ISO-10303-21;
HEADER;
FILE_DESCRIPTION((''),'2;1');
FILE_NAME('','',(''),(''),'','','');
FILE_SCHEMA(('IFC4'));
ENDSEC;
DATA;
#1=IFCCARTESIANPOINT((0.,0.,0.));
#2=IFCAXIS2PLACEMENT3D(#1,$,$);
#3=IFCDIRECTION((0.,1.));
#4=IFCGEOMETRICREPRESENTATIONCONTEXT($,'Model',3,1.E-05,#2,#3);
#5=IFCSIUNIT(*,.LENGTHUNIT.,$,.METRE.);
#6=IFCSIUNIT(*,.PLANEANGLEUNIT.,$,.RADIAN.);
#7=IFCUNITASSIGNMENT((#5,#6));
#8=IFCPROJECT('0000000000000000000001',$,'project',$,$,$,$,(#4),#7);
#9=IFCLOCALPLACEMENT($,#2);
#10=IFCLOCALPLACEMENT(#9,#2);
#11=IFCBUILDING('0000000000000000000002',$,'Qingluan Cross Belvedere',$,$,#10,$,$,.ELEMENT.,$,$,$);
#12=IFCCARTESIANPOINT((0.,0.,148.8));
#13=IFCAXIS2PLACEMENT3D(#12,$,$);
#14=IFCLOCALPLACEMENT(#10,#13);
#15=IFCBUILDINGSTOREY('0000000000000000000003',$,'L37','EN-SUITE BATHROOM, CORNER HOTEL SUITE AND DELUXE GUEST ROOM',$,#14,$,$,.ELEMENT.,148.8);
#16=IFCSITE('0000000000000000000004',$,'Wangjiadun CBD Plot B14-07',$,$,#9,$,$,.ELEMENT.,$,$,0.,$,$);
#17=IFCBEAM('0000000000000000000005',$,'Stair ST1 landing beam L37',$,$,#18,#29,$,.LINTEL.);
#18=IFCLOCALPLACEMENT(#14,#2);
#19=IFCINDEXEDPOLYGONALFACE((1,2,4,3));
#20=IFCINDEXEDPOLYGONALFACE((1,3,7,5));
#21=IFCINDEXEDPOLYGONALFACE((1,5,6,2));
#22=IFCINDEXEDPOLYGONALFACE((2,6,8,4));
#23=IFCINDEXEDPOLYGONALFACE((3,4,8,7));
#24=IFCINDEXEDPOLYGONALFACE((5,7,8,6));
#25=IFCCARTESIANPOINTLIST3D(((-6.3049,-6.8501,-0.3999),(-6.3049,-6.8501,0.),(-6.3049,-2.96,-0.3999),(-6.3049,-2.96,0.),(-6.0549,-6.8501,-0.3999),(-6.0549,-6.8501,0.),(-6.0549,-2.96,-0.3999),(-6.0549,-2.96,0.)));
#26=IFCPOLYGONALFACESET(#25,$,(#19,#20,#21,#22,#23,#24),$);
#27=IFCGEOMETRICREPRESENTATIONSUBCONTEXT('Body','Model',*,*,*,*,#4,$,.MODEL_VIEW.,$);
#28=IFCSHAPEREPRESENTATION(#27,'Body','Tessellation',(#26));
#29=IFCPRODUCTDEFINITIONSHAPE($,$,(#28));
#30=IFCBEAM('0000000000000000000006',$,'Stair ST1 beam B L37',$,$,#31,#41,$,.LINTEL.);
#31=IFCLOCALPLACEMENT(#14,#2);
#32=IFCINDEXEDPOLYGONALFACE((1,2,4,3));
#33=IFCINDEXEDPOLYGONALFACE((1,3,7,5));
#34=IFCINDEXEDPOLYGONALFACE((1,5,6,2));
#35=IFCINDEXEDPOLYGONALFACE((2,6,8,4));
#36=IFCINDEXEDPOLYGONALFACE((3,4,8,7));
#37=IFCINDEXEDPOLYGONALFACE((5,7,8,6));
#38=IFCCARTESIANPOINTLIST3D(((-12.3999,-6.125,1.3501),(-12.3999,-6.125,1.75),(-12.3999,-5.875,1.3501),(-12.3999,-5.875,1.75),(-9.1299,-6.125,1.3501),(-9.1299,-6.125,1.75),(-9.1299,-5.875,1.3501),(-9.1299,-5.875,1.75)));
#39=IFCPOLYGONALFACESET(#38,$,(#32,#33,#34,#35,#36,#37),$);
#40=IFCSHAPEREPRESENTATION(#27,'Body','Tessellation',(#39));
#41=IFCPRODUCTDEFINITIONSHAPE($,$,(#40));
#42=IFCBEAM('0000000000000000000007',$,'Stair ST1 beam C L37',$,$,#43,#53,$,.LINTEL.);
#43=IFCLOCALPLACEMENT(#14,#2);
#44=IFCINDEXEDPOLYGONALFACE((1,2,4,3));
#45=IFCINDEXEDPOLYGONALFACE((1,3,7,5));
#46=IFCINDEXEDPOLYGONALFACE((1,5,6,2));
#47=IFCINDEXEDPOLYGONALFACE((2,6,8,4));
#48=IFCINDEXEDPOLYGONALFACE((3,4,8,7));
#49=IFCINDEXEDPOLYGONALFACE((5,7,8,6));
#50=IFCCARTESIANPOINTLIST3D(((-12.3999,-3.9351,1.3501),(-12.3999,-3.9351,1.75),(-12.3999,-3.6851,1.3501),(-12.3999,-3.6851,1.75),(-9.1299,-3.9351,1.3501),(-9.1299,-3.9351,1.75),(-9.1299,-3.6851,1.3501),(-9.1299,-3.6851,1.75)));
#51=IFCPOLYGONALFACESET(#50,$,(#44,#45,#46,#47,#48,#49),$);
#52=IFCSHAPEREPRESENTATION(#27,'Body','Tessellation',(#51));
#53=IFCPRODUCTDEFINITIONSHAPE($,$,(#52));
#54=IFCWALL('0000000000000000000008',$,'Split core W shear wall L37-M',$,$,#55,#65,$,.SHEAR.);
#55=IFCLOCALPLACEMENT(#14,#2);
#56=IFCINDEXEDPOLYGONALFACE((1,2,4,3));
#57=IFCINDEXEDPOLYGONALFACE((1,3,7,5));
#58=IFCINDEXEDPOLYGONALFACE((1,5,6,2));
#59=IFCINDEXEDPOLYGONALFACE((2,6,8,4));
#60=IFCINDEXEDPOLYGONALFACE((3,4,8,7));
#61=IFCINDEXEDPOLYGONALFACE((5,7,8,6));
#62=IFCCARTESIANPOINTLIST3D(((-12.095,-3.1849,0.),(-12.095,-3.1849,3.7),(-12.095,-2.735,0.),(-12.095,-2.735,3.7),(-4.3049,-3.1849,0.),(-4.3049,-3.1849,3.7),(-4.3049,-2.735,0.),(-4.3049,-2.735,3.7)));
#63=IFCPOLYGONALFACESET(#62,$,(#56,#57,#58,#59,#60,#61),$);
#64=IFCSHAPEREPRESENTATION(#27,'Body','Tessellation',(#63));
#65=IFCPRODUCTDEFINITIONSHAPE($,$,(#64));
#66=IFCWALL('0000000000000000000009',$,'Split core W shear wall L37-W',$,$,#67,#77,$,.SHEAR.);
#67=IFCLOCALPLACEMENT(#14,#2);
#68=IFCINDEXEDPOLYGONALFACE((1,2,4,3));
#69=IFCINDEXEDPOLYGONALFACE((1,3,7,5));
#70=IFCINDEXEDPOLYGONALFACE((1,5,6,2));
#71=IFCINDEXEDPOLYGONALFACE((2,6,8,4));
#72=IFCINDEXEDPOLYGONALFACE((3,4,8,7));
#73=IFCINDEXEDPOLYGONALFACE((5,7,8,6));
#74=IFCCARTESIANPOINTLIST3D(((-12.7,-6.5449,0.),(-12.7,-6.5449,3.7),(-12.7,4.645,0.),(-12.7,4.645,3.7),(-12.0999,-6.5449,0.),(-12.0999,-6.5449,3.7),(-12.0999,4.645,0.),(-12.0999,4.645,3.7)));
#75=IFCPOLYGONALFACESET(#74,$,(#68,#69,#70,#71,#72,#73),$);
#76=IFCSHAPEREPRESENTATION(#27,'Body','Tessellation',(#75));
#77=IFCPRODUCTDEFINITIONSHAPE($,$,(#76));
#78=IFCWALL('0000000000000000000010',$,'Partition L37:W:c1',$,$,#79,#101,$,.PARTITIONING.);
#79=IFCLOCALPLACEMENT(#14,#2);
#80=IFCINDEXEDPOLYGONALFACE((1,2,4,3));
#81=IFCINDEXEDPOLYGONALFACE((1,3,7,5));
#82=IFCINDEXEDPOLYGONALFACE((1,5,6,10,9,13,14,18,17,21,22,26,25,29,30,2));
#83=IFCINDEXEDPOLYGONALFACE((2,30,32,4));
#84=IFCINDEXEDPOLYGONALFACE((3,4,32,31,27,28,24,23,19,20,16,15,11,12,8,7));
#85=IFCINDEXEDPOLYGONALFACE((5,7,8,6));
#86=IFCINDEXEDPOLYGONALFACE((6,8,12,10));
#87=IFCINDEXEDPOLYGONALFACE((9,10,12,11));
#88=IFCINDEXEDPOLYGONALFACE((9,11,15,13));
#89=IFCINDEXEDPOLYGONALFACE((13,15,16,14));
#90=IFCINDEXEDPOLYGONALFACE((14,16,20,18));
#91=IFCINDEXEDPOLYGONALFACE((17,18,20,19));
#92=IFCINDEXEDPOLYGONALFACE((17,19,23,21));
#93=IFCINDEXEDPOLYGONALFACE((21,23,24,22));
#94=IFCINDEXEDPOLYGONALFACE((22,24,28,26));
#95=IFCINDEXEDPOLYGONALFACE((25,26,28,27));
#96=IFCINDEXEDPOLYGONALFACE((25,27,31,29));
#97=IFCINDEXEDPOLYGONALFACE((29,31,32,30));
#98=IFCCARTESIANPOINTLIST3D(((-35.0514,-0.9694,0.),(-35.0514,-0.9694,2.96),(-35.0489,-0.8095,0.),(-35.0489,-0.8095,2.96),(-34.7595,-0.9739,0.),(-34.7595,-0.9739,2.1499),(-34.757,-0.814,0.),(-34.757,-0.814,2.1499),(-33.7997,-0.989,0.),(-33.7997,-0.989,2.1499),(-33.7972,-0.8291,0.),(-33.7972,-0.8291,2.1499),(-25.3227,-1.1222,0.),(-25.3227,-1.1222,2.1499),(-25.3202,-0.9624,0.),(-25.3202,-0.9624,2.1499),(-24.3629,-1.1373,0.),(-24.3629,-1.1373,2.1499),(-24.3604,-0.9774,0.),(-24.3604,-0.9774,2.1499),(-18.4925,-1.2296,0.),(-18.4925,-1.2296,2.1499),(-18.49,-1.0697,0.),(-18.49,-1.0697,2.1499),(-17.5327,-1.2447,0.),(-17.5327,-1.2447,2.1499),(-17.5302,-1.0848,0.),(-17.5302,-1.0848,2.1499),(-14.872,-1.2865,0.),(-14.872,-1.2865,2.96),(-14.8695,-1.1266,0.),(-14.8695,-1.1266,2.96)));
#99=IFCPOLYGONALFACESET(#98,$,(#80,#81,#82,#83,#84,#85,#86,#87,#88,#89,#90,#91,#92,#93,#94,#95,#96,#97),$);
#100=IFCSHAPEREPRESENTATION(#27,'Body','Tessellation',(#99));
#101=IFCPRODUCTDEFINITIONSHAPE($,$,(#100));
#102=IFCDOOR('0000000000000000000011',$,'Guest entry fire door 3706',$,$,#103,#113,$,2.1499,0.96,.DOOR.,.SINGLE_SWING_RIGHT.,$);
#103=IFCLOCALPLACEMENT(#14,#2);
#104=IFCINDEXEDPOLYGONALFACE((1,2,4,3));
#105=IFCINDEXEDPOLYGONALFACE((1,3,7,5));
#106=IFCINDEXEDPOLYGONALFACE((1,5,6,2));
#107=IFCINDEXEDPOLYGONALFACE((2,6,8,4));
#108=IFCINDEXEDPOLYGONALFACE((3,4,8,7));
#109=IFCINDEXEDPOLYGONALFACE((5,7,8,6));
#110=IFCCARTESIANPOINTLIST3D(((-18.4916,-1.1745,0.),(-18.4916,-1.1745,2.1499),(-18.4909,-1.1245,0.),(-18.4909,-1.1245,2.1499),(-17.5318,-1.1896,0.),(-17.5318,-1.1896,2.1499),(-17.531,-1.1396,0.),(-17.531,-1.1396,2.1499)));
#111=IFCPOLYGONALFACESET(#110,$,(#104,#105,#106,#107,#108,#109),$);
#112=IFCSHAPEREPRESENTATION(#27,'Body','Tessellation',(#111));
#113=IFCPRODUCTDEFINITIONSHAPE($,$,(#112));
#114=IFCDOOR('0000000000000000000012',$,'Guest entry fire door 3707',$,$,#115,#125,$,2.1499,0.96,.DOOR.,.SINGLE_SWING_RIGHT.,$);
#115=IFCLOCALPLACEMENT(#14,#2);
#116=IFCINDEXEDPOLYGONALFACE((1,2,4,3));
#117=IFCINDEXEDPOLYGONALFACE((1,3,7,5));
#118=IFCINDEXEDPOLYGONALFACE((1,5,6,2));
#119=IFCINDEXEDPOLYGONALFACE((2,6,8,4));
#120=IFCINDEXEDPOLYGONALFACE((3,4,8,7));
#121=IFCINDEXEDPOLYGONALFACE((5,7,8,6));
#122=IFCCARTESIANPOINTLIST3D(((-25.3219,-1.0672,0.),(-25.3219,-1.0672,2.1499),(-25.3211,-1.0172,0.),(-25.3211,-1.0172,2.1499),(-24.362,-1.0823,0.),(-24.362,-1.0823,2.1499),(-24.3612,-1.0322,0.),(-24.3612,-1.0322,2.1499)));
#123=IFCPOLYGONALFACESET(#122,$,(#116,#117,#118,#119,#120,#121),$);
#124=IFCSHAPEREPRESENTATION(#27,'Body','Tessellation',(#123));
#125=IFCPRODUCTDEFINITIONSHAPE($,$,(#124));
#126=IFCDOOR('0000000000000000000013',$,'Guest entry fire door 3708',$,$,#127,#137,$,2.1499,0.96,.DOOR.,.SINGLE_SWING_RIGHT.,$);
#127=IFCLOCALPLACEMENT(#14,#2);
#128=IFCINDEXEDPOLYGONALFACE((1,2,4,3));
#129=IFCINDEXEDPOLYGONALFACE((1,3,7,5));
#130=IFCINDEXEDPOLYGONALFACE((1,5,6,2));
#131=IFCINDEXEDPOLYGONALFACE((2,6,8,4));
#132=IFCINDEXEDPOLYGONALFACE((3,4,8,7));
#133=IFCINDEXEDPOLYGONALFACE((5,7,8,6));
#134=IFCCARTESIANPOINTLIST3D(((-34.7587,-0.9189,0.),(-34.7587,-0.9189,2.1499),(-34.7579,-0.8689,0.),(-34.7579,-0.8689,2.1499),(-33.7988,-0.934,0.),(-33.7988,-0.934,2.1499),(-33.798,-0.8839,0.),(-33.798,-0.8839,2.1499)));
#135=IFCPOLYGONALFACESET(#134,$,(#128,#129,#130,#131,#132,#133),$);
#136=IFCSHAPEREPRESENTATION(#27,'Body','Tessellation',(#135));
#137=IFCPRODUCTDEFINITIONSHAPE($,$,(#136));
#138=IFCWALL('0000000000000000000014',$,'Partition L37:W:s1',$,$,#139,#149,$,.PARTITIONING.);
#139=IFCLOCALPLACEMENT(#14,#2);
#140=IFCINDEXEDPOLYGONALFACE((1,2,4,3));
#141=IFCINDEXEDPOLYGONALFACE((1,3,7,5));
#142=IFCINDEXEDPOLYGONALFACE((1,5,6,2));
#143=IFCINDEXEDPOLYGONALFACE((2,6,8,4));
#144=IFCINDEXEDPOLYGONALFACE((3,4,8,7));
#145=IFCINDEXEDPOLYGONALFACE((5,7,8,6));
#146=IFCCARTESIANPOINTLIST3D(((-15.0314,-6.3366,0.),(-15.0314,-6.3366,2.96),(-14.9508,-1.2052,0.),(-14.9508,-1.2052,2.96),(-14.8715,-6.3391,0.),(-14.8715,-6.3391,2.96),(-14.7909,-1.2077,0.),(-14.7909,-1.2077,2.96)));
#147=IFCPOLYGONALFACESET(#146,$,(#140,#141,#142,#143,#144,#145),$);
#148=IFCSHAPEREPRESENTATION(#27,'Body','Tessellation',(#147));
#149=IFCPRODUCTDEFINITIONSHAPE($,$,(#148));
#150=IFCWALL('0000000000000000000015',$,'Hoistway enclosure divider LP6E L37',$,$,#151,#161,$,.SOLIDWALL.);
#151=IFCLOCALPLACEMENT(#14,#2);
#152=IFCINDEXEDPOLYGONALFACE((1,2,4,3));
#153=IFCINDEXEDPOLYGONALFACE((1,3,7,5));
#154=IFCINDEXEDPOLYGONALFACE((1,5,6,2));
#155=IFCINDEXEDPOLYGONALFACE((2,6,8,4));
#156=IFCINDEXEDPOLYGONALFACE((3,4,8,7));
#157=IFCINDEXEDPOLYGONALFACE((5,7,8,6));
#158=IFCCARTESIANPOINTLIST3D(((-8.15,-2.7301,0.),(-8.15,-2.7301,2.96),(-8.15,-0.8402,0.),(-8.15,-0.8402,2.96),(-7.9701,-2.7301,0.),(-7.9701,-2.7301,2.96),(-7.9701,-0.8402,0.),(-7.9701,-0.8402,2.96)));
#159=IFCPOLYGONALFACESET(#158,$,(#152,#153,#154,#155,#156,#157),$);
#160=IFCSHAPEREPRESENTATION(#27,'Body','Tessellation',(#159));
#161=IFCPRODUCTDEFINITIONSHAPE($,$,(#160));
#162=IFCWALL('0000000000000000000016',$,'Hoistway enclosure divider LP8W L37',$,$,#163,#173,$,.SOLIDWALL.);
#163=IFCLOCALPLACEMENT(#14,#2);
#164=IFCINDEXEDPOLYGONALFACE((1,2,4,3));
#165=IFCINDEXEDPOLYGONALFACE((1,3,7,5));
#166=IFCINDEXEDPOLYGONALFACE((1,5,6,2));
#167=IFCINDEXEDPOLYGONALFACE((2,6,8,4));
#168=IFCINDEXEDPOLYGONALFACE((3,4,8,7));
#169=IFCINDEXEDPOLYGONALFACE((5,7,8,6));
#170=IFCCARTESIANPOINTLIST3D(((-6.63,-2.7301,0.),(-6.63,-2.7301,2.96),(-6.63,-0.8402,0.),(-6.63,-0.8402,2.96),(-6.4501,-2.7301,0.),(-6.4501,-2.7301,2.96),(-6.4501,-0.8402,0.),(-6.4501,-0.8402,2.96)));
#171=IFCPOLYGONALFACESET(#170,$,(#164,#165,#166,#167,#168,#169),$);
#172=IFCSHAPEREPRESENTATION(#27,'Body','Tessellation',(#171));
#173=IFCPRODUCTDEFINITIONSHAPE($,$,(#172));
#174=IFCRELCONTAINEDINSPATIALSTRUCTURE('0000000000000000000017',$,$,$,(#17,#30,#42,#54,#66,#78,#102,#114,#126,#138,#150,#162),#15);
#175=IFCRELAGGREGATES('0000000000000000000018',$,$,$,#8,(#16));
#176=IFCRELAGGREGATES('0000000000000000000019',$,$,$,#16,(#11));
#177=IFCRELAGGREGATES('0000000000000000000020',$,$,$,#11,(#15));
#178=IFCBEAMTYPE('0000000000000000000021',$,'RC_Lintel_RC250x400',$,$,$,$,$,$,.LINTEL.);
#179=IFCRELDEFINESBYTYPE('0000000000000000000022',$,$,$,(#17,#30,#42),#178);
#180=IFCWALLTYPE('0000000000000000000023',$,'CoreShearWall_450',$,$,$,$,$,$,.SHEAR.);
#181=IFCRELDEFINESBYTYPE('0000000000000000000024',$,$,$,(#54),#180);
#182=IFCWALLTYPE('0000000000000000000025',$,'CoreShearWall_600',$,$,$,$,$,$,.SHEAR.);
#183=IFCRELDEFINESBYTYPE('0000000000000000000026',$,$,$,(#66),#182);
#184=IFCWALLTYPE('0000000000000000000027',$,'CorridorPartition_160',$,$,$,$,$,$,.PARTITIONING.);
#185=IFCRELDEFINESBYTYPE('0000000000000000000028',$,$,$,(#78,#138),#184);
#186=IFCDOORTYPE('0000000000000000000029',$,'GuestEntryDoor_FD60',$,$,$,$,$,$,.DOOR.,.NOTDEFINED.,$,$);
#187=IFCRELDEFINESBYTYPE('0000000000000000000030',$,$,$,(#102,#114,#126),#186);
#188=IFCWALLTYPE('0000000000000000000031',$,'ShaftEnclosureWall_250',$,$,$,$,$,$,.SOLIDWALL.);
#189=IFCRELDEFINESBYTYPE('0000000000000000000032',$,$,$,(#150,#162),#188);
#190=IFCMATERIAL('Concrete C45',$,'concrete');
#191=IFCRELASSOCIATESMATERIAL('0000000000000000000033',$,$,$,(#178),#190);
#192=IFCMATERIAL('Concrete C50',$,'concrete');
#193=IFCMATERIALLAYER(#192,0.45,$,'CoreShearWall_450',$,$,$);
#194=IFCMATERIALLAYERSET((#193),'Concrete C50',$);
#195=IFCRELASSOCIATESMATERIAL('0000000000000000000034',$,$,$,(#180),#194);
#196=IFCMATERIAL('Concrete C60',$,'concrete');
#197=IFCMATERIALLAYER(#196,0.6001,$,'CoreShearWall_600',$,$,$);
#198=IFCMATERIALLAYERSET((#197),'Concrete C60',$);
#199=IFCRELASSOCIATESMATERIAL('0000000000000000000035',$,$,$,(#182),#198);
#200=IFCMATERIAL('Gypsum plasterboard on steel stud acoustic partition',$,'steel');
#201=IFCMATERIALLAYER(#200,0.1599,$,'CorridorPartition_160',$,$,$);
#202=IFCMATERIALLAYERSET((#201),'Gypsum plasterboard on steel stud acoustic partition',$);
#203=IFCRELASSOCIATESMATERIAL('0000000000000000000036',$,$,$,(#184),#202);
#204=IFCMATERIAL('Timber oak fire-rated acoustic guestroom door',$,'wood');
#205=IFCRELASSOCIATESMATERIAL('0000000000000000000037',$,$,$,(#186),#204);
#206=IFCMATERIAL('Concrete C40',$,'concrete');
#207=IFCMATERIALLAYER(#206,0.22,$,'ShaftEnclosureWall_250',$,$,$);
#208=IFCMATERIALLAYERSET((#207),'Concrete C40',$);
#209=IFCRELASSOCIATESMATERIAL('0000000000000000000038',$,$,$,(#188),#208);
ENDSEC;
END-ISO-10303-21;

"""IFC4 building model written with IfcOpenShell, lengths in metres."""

from ifc_helpers import new_model, si_unit, direction, frame, frame_2d, origin, origin_2d, place, context, subcontext, project, spatial, rectangle, extrude, material, layer, layer_set, material_profile, profile_set, type_object, element, fill, save


model = new_model("IFC4")

# Units and contexts
model_context = context("Model", 3, precision=1e-05, world=origin(), true_north=direction((0.0, 1.0)))
body_context = subcontext(model_context, "Body", "Model", "MODEL_VIEW")
ifc_project = project(units=[si_unit("LENGTHUNIT", "METRE"), si_unit("PLANEANGLEUNIT", "RADIAN")], contexts=[model_context])

# Site, building, storey
site_placement = place(None, origin())
site = spatial("IfcSite", under=ifc_project, at=site_placement, Name="Wangjiadun CBD Plot B14-07", CompositionType="ELEMENT", RefElevation=0.0)
building_placement = place(site_placement, origin())
building = spatial("IfcBuilding", under=site, at=building_placement, Name="Qingluan Cross Belvedere", CompositionType="ELEMENT")
storey_placement = place(building_placement, frame((0.0, 0.0, 148.8)))
storey = spatial("IfcBuildingStorey", under=building, at=storey_placement, Name="L37", Description="EN-SUITE BATHROOM, CORNER HOTEL SUITE AND DELUXE GUEST ROOM", CompositionType="ELEMENT", Elevation=148.8)

# Beams
ifc_material_1 = material(Name="Concrete C45", Category="concrete")
ifc_material_profile = material_profile(ifc_material_1, rectangle(XDim=0.25, YDim=0.3999, at=origin_2d()), Name="RC250x400")
ifc_profile_set = profile_set([ifc_material_profile], Name="Concrete C45")
beam_type = type_object("IfcBeamType", Name="RC_Lintel_RC250x400", PredefinedType="LINTEL", material=ifc_profile_set)
beam_placement = place(storey_placement, frame((-6.1799, -6.8501, -0.2), z_axis=(0.0, 1.0, 0.0), x_axis=(-1.0, 0.0, 0.0)))
element("IfcBeam", 1, at=beam_placement, inside=storey, type_object=beam_type, Name="Stair ST1 landing beam L37", PredefinedType="LINTEL", context=body_context, shape_type="SweptSolid", body=[
    extrude(rectangle(XDim=0.25, YDim=0.3999, at=origin_2d()), origin(), (0.0, 0.0, 1.0), 3.8901),
])
for number, where, z_axis, x_axis, name in (
    (2, (-12.3999, -6.0, 1.55), (1.0, 0.0, 0.0), (0.0, 1.0, 0.0), "Stair ST1 beam B L37"),
    (3, (-12.3999, -3.8101, 1.55), (1.0, 0.0, 0.0), (0.0, 1.0, 0.0), "Stair ST1 beam C L37"),
):
    element("IfcBeam", number, at=place(storey_placement, frame(where, z_axis=z_axis, x_axis=x_axis)), inside=storey, type_object=beam_type, Name=name, PredefinedType="LINTEL", context=body_context, shape_type="SweptSolid", body=[
        extrude(rectangle(XDim=0.25, YDim=0.3999, at=origin_2d()), origin(), (0.0, 0.0, 1.0), 3.27),
    ])

# Walls
ifc_material_2 = material(Name="Concrete C50", Category="concrete")
ifc_layer_1 = layer(ifc_material_2, 0.45, Name="CoreShearWall_450")
ifc_layer_set_1 = layer_set([ifc_layer_1], Name="Concrete C50")
wall_type_1 = type_object("IfcWallType", Name="CoreShearWall_450", PredefinedType="SHEAR", material=ifc_layer_set_1)
wall_1_placement = place(storey_placement, frame((-12.095, -2.96, 0.0), z_axis=(0.0, 0.0, 1.0), x_axis=(1.0, 0.0, 0.0)))
element("IfcWall", 4, at=wall_1_placement, inside=storey, type_object=wall_type_1, Name="Split core W shear wall L37-M", PredefinedType="SHEAR", context=body_context, shape_type="SweptSolid", body=[
    extrude(rectangle(XDim=7.79, YDim=0.45, at=frame_2d((3.895, 0.0))), origin(), (0.0, 0.0, 1.0), 3.7),
])
ifc_material_3 = material(Name="Concrete C60", Category="concrete")
ifc_layer_2 = layer(ifc_material_3, 0.6001, Name="CoreShearWall_600")
ifc_layer_set_2 = layer_set([ifc_layer_2], Name="Concrete C60")
wall_type_2 = type_object("IfcWallType", Name="CoreShearWall_600", PredefinedType="SHEAR", material=ifc_layer_set_2)
wall_2_placement = place(storey_placement, frame((-12.3999, -6.5449, 0.0), z_axis=(0.0, 0.0, 1.0), x_axis=(0.0, 1.0, 0.0)))
element("IfcWall", 5, at=wall_2_placement, inside=storey, type_object=wall_type_2, Name="Split core W shear wall L37-W", PredefinedType="SHEAR", context=body_context, shape_type="SweptSolid", body=[
    extrude(rectangle(XDim=11.1899, YDim=0.6001, at=frame_2d((5.595, 0.0))), origin(), (0.0, 0.0, 1.0), 3.7),
])

# Wall, openings, doors
ifc_material_4 = material(Name="Gypsum plasterboard on steel stud acoustic partition", Category="steel")
ifc_layer_3 = layer(ifc_material_4, 0.1599, Name="CorridorPartition_160")
ifc_layer_set_3 = layer_set([ifc_layer_3], Name="Gypsum plasterboard on steel stud acoustic partition")
wall_type_3 = type_object("IfcWallType", Name="CorridorPartition_160", PredefinedType="PARTITIONING", material=ifc_layer_set_3)
wall_3_placement = place(storey_placement, frame((-14.8708, -1.2065, 0.0), z_axis=(0.0, 0.0, 1.0), x_axis=(-0.999877, 0.015714, 0.0)))
wall_3 = element("IfcWall", 6, at=wall_3_placement, inside=storey, type_object=wall_type_3, Name="Partition L37:W:c1", PredefinedType="PARTITIONING", context=body_context, shape_type="SweptSolid", body=[
    extrude(rectangle(XDim=20.1819, YDim=0.1599, at=frame_2d((10.0908, 0.0))), origin(), (0.0, 0.0, 1.0), 2.96),
])
opening_1_placement = place(wall_3_placement, frame((2.6609, 0.0, 0.0)))
opening_1 = element("IfcOpeningElement", 7, at=opening_1_placement, cuts=wall_3, PredefinedType="OPENING", context=body_context, shape_type="SweptSolid", body=[
    extrude(rectangle(XDim=0.96, YDim=2.1499, at=frame_2d((0.48, 1.075))), frame((0.0, 0.0898, 0.0), z_axis=(0.0, -1.0, 0.0), x_axis=(1.0, 0.0, 0.0)), (0.0, 0.0, 1.0), 0.1799),
])
opening_2_placement = place(wall_3_placement, frame((9.4919, 0.0, 0.0)))
opening_2 = element("IfcOpeningElement", 8, at=opening_2_placement, cuts=wall_3, PredefinedType="OPENING", context=body_context, shape_type="SweptSolid", body=[
    extrude(rectangle(XDim=0.96, YDim=2.1499, at=frame_2d((0.48, 1.075))), frame((0.0, 0.0898, 0.0), z_axis=(0.0, -1.0, 0.0), x_axis=(1.0, 0.0, 0.0)), (0.0, 0.0, 1.0), 0.1799),
])
opening_3_placement = place(wall_3_placement, frame((18.9299, 0.0, 0.0)))
opening_3 = element("IfcOpeningElement", 9, at=opening_3_placement, cuts=wall_3, PredefinedType="OPENING", context=body_context, shape_type="SweptSolid", body=[
    extrude(rectangle(XDim=0.96, YDim=2.1499, at=frame_2d((0.48, 1.075))), frame((0.0, 0.0898, 0.0), z_axis=(0.0, -1.0, 0.0), x_axis=(1.0, 0.0, 0.0)), (0.0, 0.0, 1.0), 0.1799),
])
ifc_material_5 = material(Name="Timber oak fire-rated acoustic guestroom door", Category="wood")
door_type_1 = type_object("IfcDoorType", Name="GuestEntryDoor_FD60", OperationType="NOTDEFINED", PredefinedType="DOOR", material=ifc_material_5)
door_1_placement = place(opening_1_placement, origin())
door_1 = element("IfcDoor", 10, at=door_1_placement, inside=storey, type_object=door_type_1, Name="Guest entry fire door 3706", OperationType="SINGLE_SWING_RIGHT", OverallHeight=2.1499, OverallWidth=0.96, PredefinedType="DOOR", context=body_context, shape_type="SweptSolid", body=[
    extrude(rectangle(XDim=0.96, YDim=2.1499, at=frame_2d((0.48, 1.075))), frame((0.0, 0.0249, 0.0), z_axis=(0.0, -1.0, 0.0), x_axis=(1.0, 0.0, 0.0)), (0.0, 0.0, 1.0), 0.05),
])
fill(opening_1, door_1)
door_2_placement = place(opening_2_placement, origin())
door_2 = element("IfcDoor", 11, at=door_2_placement, inside=storey, type_object=door_type_1, Name="Guest entry fire door 3707", OperationType="SINGLE_SWING_RIGHT", OverallHeight=2.1499, OverallWidth=0.96, PredefinedType="DOOR", context=body_context, shape_type="SweptSolid", body=[
    extrude(rectangle(XDim=0.96, YDim=2.1499, at=frame_2d((0.48, 1.075))), frame((0.0, 0.0249, 0.0), z_axis=(0.0, -1.0, 0.0), x_axis=(1.0, 0.0, 0.0)), (0.0, 0.0, 1.0), 0.05),
])
fill(opening_2, door_2)
door_3_placement = place(opening_3_placement, origin())
door_3 = element("IfcDoor", 12, at=door_3_placement, inside=storey, type_object=door_type_1, Name="Guest entry fire door 3708", OperationType="SINGLE_SWING_RIGHT", OverallHeight=2.1499, OverallWidth=0.96, PredefinedType="DOOR", context=body_context, shape_type="SweptSolid", body=[
    extrude(rectangle(XDim=0.96, YDim=2.1499, at=frame_2d((0.48, 1.075))), frame((0.0, 0.0249, 0.0), z_axis=(0.0, -1.0, 0.0), x_axis=(1.0, 0.0, 0.0)), (0.0, 0.0, 1.0), 0.05),
])
fill(opening_3, door_3)

# Wall
wall_4_placement = place(storey_placement, frame((-14.8708, -1.2065, 0.0), z_axis=(0.0, 0.0, 1.0), x_axis=(-0.015699, -0.999877, 0.0)))
element("IfcWall", 13, at=wall_4_placement, inside=storey, type_object=wall_type_3, Name="Partition L37:W:s1", PredefinedType="PARTITIONING", context=body_context, shape_type="SweptSolid", body=[
    extrude(rectangle(XDim=5.1321, YDim=0.1599, at=frame_2d((2.5659, 0.0))), origin(), (0.0, 0.0, 1.0), 2.96),
])

# Shared definitions
ifc_material_6 = material(Name="Concrete C40", Category="concrete")
ifc_layer_4 = layer(ifc_material_6, 0.22, Name="ShaftEnclosureWall_250")
ifc_layer_set_4 = layer_set([ifc_layer_4], Name="Concrete C40")
wall_type_4 = type_object("IfcWallType", Name="ShaftEnclosureWall_250", PredefinedType="SOLIDWALL", material=ifc_layer_set_4)

# Walls
for number, where, z_axis, x_axis, name in (
    (14, (-8.0601, -2.73, 0.0), (0.0, 0.0, 1.0), (0.0, 1.0, 0.0), "Hoistway enclosure divider LP6E L37"),
    (15, (-6.54, -2.73, 0.0), (0.0, 0.0, 1.0), (0.0, 1.0, 0.0), "Hoistway enclosure divider LP8W L37"),
):
    element("IfcWall", number, at=place(storey_placement, frame(where, z_axis=z_axis, x_axis=x_axis)), inside=storey, type_object=wall_type_4, Name=name, PredefinedType="SOLIDWALL", context=body_context, shape_type="SweptSolid", body=[
        extrude(rectangle(XDim=1.8899, YDim=0.1799, at=frame_2d((0.9448, 0.0))), origin(), (0.0, 0.0, 1.0), 2.96),
    ])

save(model, "model.ifc")
